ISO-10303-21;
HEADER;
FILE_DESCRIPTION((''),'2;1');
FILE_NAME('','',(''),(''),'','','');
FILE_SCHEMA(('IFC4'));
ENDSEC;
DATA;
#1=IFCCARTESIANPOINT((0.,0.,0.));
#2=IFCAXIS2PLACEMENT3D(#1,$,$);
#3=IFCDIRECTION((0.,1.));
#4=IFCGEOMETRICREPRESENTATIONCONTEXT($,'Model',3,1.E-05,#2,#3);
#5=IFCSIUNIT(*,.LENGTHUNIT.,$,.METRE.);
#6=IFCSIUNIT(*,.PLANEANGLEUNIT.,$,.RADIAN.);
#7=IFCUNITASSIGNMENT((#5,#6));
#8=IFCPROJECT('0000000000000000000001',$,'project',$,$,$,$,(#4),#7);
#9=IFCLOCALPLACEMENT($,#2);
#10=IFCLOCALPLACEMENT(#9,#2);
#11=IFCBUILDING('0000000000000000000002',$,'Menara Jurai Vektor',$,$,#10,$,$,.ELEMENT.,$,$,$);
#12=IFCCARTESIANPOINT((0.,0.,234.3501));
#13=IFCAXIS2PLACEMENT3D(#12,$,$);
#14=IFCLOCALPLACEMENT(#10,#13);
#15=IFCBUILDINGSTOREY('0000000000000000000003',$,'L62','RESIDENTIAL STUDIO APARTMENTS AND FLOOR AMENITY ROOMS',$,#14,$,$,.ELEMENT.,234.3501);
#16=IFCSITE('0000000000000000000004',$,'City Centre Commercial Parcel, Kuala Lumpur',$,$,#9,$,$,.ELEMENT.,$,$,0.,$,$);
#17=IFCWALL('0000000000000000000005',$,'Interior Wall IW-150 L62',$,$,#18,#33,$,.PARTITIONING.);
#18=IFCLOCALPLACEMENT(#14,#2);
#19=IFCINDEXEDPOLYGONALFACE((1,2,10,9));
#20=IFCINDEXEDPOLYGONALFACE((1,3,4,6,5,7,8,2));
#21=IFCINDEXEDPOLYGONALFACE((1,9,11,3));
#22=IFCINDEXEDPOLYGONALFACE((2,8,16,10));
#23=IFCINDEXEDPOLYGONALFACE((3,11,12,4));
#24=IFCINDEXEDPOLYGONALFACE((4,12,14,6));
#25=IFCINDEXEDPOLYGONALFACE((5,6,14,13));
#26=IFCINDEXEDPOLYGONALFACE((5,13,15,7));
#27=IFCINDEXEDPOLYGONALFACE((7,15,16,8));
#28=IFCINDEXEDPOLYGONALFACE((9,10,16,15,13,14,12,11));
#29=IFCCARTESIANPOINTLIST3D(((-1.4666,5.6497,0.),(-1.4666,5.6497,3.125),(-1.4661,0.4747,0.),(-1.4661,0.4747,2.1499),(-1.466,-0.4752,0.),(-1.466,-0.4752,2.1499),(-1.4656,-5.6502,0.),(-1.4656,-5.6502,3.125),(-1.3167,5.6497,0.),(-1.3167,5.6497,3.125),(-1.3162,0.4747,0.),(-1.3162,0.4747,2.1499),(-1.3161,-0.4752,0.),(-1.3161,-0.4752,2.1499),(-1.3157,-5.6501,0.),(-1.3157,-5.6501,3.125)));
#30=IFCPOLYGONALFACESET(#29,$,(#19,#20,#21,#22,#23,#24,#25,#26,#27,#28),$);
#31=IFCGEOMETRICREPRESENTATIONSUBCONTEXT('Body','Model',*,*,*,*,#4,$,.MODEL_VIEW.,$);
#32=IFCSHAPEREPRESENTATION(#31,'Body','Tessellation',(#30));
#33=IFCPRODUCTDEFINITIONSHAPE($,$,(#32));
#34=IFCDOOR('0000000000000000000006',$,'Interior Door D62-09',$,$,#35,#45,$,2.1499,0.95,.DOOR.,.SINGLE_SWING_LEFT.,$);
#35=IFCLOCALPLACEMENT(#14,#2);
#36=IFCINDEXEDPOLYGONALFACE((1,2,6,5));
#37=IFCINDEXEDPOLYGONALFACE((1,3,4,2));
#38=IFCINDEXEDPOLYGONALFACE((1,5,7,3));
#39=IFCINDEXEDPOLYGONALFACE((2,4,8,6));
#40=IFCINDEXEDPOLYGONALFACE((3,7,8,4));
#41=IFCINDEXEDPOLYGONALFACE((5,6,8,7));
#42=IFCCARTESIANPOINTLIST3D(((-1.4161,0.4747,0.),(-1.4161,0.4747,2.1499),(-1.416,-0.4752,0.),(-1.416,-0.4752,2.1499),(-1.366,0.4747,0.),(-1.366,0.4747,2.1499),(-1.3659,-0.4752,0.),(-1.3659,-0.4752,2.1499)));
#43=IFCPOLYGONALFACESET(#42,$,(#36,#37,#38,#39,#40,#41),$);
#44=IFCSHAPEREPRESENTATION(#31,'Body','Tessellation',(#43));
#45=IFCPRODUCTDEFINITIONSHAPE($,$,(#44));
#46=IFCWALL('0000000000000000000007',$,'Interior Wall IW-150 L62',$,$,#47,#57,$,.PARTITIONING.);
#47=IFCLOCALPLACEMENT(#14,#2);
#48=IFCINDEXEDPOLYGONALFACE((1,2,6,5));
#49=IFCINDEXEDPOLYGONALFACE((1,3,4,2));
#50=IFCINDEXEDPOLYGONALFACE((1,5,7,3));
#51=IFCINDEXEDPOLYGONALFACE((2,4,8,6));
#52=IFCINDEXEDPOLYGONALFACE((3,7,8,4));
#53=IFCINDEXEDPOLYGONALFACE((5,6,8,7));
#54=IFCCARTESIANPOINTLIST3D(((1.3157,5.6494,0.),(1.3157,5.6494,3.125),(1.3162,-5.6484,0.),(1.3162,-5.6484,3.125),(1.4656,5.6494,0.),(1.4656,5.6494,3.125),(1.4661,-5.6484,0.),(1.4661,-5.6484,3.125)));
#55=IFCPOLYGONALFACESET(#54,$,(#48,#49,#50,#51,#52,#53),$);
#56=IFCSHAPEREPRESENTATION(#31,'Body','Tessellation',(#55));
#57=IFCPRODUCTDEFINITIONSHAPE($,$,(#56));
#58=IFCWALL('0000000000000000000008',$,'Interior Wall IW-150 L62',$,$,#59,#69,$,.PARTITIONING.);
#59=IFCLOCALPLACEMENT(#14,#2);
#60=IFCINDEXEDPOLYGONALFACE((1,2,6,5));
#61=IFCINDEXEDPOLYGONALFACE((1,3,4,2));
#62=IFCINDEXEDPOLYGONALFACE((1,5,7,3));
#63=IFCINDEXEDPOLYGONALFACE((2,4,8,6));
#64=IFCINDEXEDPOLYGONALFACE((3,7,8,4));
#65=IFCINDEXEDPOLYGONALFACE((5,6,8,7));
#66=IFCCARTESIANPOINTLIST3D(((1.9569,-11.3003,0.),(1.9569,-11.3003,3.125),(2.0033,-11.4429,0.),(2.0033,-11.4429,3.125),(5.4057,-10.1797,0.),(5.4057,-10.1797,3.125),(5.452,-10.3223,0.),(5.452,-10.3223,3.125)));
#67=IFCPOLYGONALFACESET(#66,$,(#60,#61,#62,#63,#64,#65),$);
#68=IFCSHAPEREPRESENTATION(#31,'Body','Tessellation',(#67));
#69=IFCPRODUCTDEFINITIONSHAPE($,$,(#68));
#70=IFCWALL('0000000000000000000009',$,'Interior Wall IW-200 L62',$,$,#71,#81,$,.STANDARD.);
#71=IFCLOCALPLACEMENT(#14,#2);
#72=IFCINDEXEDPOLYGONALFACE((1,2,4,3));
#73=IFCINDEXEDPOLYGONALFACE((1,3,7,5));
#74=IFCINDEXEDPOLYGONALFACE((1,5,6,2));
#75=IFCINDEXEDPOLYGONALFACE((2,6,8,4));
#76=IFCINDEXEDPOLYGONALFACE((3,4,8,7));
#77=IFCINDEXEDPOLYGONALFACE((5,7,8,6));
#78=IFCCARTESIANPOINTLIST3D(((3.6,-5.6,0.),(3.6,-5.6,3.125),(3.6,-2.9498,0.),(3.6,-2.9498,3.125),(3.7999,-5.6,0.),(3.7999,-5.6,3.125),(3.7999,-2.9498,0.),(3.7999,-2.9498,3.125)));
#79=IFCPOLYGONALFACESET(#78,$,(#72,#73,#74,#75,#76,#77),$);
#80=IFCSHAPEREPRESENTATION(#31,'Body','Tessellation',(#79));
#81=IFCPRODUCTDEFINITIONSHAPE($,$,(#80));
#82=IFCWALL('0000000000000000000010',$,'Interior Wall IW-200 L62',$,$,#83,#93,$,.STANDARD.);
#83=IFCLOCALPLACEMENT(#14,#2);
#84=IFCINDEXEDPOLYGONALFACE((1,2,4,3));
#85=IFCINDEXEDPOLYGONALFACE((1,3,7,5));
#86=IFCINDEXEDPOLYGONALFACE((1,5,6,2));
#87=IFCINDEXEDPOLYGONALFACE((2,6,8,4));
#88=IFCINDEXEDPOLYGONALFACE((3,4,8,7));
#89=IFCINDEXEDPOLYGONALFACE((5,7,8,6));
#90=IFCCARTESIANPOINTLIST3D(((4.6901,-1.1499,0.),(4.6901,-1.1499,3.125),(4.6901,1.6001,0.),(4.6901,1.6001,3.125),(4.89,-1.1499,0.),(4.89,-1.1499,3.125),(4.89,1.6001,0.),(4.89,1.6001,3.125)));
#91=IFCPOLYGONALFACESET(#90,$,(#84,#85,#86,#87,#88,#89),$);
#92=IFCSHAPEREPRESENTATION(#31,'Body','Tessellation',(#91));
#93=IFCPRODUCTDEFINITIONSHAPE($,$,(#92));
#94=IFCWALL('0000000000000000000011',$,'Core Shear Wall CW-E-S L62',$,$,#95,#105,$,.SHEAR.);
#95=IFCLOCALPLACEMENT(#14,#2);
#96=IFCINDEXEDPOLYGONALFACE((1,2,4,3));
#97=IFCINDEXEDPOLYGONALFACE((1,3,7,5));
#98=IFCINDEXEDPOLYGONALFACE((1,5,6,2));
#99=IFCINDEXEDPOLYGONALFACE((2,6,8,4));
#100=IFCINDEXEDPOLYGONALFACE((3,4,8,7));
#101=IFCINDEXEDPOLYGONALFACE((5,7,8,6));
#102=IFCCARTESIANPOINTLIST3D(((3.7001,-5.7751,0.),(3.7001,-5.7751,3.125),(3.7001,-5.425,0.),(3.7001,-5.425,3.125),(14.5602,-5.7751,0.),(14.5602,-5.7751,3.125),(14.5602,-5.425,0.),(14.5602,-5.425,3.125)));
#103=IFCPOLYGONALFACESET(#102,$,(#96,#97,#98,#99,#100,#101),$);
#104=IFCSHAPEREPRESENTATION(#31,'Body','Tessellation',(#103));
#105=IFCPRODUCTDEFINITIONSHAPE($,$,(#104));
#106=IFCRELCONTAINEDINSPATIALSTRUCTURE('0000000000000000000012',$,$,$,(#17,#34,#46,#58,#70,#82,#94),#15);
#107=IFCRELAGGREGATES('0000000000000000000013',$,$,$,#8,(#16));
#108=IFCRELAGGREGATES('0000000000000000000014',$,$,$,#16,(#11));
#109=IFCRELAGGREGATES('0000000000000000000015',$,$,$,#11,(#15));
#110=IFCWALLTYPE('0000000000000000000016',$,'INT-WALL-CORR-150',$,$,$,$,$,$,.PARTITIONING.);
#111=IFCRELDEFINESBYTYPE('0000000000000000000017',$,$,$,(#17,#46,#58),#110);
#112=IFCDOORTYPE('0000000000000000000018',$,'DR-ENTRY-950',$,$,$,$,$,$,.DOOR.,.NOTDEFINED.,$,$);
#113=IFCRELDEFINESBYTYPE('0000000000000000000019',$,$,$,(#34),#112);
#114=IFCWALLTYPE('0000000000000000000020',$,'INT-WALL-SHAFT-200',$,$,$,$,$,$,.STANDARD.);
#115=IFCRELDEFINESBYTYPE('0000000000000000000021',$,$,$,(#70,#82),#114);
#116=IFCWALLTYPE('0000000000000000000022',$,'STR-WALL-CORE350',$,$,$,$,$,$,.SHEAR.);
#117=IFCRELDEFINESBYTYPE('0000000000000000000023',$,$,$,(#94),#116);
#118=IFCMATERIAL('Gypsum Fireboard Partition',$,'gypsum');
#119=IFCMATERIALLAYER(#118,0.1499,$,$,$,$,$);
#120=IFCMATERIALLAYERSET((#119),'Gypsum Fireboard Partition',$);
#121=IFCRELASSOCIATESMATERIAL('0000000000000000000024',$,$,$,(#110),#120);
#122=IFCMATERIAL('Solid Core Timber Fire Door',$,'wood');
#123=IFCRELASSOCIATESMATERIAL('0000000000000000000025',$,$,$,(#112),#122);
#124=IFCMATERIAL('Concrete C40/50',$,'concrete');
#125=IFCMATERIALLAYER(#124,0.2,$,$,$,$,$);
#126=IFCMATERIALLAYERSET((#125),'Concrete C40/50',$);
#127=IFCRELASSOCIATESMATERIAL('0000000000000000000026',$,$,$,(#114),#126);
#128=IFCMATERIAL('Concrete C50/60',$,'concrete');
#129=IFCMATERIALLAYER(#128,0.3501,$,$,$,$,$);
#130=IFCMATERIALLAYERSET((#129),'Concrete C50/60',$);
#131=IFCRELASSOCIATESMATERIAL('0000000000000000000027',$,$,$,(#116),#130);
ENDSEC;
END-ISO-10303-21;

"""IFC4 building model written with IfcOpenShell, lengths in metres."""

from ifc_helpers import new_model, si_unit, direction, frame, frame_2d, origin, place, context, subcontext, project, spatial, rectangle, extrude, material, layer, layer_set, type_object, element, fill, save


model = new_model("IFC4")

# Units and contexts
model_context = context("Model", 3, precision=1e-05, world=origin(), true_north=direction((0.0, 1.0)))
body_context = subcontext(model_context, "Body", "Model", "MODEL_VIEW")
ifc_project = project(units=[si_unit("LENGTHUNIT", "METRE"), si_unit("PLANEANGLEUNIT", "RADIAN")], contexts=[model_context])

# Site, building, storey
site_placement = place(None, origin())
site = spatial("IfcSite", under=ifc_project, at=site_placement, Name="City Centre Commercial Parcel, Kuala Lumpur", CompositionType="ELEMENT", RefElevation=0.0)
building_placement = place(site_placement, origin())
building = spatial("IfcBuilding", under=site, at=building_placement, Name="Menara Jurai Vektor", CompositionType="ELEMENT")
storey_placement = place(building_placement, frame((0.0, 0.0, 234.3501)))
storey = spatial("IfcBuildingStorey", under=building, at=storey_placement, Name="L62", Description="RESIDENTIAL STUDIO APARTMENTS AND FLOOR AMENITY ROOMS", CompositionType="ELEMENT", Elevation=234.3501)

# Shared definitions
ifc_material_1 = material(Name="Concrete C50/60", Category="concrete")

# Shared definitions
ifc_material_2 = material(Name="Concrete C40/50", Category="concrete")

# Shared definitions
ifc_material_3 = material(Name="Gypsum Fireboard Partition", Category="gypsum")
ifc_layer_1 = layer(ifc_material_3, 0.1499)
ifc_layer_set_1 = layer_set([ifc_layer_1], Name="Gypsum Fireboard Partition")
wall_type_1 = type_object("IfcWallType", Name="INT-WALL-CORR-150", PredefinedType="PARTITIONING", material=ifc_layer_set_1)

# Wall, opening, door
wall_1_placement = place(storey_placement, frame((-1.3906, -5.6501, 0.0), z_axis=(0.0, 0.0, 1.0), x_axis=(-0.000086, 1.0, 0.0)))
wall_1 = element("IfcWall", 1, at=wall_1_placement, inside=storey, type_object=wall_type_1, Name="Interior Wall IW-150 L62", PredefinedType="PARTITIONING", context=body_context, shape_type="SweptSolid", body=[
    extrude(rectangle(XDim=11.2998, YDim=0.1499, at=frame_2d((5.6499, 0.0))), origin(), (0.0, 0.0, 1.0), 3.125),
])
opening_1_placement = place(wall_1_placement, frame((5.1748, 0.0, 0.0)))
opening_1 = element("IfcOpeningElement", 2, at=opening_1_placement, cuts=wall_1, PredefinedType="OPENING", context=body_context, shape_type="SweptSolid", body=[
    extrude(rectangle(XDim=0.95, YDim=2.1499, at=frame_2d((0.4751, 1.075))), frame((0.0, 0.085, 0.0), z_axis=(0.0, -1.0, 0.0), x_axis=(1.0, 0.0, 0.0)), (0.0, 0.0, 1.0), 0.1699),
])
ifc_material_4 = material(Name="Solid Core Timber Fire Door", Category="wood")
door_type_1 = type_object("IfcDoorType", Name="DR-ENTRY-950", OperationType="NOTDEFINED", PredefinedType="DOOR", material=ifc_material_4)
door_1_placement = place(opening_1_placement, origin())
door_1 = element("IfcDoor", 3, at=door_1_placement, inside=storey, type_object=door_type_1, Name="Interior Door D62-09", OperationType="SINGLE_SWING_LEFT", OverallHeight=2.1499, OverallWidth=0.95, PredefinedType="DOOR", context=body_context, shape_type="SweptSolid", body=[
    extrude(rectangle(XDim=0.95, YDim=2.1499, at=frame_2d((0.4751, 1.075))), frame((0.0, 0.0249, 0.0), z_axis=(0.0, -1.0, 0.0), x_axis=(1.0, 0.0, 0.0)), (0.0, 0.0, 1.0), 0.05),
])
fill(opening_1, door_1)

# Walls
wall_2_placement = place(storey_placement, frame((1.3911, -5.6484, 0.0), z_axis=(0.0, 0.0, 1.0), x_axis=(-0.000043, 1.0, 0.0)))
element("IfcWall", 4, at=wall_2_placement, inside=storey, type_object=wall_type_1, Name="Interior Wall IW-150 L62", PredefinedType="PARTITIONING", context=body_context, shape_type="SweptSolid", body=[
    extrude(rectangle(XDim=11.2979, YDim=0.1499, at=frame_2d((5.6489, 0.0))), origin(), (0.0, 0.0, 1.0), 3.125),
])
wall_3_placement = place(storey_placement, frame((1.9802, -11.3716, 0.0), z_axis=(0.0, 0.0, 1.0), x_axis=(0.951053, 0.309028, 0.0)))
element("IfcWall", 5, at=wall_3_placement, inside=storey, type_object=wall_type_1, Name="Interior Wall IW-150 L62", PredefinedType="PARTITIONING", context=body_context, shape_type="SweptSolid", body=[
    extrude(rectangle(XDim=3.6262, YDim=0.1499, at=frame_2d((1.813, 0.0))), origin(), (0.0, 0.0, 1.0), 3.125),
])

# Shared definitions
ifc_layer_2 = layer(ifc_material_2, 0.2)
ifc_layer_set_2 = layer_set([ifc_layer_2], Name="Concrete C40/50")
wall_type_2 = type_object("IfcWallType", Name="INT-WALL-SHAFT-200", PredefinedType="STANDARD", material=ifc_layer_set_2)

# Walls
wall_4_placement = place(storey_placement, frame((3.7, -5.6001, 0.0), z_axis=(0.0, 0.0, 1.0), x_axis=(0.0, 1.0, 0.0)))
element("IfcWall", 6, at=wall_4_placement, inside=storey, type_object=wall_type_2, Name="Interior Wall IW-200 L62", PredefinedType="STANDARD", context=body_context, shape_type="SweptSolid", body=[
    extrude(rectangle(XDim=2.6501, YDim=0.2, at=frame_2d((1.3252, 0.0))), origin(), (0.0, 0.0, 1.0), 3.125),
])
wall_5_placement = place(storey_placement, frame((4.79, -1.1499, 0.0), z_axis=(0.0, 0.0, 1.0), x_axis=(0.0, 1.0, 0.0)))
element("IfcWall", 7, at=wall_5_placement, inside=storey, type_object=wall_type_2, Name="Interior Wall IW-200 L62", PredefinedType="STANDARD", context=body_context, shape_type="SweptSolid", body=[
    extrude(rectangle(XDim=2.75, YDim=0.2, at=frame_2d((1.375, 0.0))), origin(), (0.0, 0.0, 1.0), 3.125),
])

# Wall
ifc_layer_3 = layer(ifc_material_1, 0.3501)
ifc_layer_set_3 = layer_set([ifc_layer_3], Name="Concrete C50/60")
wall_type_3 = type_object("IfcWallType", Name="STR-WALL-CORE350", PredefinedType="SHEAR", material=ifc_layer_set_3)
wall_6_placement = place(storey_placement, frame((3.7, -5.6001, 0.0), z_axis=(0.0, 0.0, 1.0), x_axis=(1.0, 0.0, 0.0)))
element("IfcWall", 8, at=wall_6_placement, inside=storey, type_object=wall_type_3, Name="Core Shear Wall CW-E-S L62", PredefinedType="SHEAR", context=body_context, shape_type="SweptSolid", body=[
    extrude(rectangle(XDim=10.8601, YDim=0.3501, at=frame_2d((5.4302, 0.0))), origin(), (0.0, 0.0, 1.0), 3.125),
])

save(model, "model.ifc")
